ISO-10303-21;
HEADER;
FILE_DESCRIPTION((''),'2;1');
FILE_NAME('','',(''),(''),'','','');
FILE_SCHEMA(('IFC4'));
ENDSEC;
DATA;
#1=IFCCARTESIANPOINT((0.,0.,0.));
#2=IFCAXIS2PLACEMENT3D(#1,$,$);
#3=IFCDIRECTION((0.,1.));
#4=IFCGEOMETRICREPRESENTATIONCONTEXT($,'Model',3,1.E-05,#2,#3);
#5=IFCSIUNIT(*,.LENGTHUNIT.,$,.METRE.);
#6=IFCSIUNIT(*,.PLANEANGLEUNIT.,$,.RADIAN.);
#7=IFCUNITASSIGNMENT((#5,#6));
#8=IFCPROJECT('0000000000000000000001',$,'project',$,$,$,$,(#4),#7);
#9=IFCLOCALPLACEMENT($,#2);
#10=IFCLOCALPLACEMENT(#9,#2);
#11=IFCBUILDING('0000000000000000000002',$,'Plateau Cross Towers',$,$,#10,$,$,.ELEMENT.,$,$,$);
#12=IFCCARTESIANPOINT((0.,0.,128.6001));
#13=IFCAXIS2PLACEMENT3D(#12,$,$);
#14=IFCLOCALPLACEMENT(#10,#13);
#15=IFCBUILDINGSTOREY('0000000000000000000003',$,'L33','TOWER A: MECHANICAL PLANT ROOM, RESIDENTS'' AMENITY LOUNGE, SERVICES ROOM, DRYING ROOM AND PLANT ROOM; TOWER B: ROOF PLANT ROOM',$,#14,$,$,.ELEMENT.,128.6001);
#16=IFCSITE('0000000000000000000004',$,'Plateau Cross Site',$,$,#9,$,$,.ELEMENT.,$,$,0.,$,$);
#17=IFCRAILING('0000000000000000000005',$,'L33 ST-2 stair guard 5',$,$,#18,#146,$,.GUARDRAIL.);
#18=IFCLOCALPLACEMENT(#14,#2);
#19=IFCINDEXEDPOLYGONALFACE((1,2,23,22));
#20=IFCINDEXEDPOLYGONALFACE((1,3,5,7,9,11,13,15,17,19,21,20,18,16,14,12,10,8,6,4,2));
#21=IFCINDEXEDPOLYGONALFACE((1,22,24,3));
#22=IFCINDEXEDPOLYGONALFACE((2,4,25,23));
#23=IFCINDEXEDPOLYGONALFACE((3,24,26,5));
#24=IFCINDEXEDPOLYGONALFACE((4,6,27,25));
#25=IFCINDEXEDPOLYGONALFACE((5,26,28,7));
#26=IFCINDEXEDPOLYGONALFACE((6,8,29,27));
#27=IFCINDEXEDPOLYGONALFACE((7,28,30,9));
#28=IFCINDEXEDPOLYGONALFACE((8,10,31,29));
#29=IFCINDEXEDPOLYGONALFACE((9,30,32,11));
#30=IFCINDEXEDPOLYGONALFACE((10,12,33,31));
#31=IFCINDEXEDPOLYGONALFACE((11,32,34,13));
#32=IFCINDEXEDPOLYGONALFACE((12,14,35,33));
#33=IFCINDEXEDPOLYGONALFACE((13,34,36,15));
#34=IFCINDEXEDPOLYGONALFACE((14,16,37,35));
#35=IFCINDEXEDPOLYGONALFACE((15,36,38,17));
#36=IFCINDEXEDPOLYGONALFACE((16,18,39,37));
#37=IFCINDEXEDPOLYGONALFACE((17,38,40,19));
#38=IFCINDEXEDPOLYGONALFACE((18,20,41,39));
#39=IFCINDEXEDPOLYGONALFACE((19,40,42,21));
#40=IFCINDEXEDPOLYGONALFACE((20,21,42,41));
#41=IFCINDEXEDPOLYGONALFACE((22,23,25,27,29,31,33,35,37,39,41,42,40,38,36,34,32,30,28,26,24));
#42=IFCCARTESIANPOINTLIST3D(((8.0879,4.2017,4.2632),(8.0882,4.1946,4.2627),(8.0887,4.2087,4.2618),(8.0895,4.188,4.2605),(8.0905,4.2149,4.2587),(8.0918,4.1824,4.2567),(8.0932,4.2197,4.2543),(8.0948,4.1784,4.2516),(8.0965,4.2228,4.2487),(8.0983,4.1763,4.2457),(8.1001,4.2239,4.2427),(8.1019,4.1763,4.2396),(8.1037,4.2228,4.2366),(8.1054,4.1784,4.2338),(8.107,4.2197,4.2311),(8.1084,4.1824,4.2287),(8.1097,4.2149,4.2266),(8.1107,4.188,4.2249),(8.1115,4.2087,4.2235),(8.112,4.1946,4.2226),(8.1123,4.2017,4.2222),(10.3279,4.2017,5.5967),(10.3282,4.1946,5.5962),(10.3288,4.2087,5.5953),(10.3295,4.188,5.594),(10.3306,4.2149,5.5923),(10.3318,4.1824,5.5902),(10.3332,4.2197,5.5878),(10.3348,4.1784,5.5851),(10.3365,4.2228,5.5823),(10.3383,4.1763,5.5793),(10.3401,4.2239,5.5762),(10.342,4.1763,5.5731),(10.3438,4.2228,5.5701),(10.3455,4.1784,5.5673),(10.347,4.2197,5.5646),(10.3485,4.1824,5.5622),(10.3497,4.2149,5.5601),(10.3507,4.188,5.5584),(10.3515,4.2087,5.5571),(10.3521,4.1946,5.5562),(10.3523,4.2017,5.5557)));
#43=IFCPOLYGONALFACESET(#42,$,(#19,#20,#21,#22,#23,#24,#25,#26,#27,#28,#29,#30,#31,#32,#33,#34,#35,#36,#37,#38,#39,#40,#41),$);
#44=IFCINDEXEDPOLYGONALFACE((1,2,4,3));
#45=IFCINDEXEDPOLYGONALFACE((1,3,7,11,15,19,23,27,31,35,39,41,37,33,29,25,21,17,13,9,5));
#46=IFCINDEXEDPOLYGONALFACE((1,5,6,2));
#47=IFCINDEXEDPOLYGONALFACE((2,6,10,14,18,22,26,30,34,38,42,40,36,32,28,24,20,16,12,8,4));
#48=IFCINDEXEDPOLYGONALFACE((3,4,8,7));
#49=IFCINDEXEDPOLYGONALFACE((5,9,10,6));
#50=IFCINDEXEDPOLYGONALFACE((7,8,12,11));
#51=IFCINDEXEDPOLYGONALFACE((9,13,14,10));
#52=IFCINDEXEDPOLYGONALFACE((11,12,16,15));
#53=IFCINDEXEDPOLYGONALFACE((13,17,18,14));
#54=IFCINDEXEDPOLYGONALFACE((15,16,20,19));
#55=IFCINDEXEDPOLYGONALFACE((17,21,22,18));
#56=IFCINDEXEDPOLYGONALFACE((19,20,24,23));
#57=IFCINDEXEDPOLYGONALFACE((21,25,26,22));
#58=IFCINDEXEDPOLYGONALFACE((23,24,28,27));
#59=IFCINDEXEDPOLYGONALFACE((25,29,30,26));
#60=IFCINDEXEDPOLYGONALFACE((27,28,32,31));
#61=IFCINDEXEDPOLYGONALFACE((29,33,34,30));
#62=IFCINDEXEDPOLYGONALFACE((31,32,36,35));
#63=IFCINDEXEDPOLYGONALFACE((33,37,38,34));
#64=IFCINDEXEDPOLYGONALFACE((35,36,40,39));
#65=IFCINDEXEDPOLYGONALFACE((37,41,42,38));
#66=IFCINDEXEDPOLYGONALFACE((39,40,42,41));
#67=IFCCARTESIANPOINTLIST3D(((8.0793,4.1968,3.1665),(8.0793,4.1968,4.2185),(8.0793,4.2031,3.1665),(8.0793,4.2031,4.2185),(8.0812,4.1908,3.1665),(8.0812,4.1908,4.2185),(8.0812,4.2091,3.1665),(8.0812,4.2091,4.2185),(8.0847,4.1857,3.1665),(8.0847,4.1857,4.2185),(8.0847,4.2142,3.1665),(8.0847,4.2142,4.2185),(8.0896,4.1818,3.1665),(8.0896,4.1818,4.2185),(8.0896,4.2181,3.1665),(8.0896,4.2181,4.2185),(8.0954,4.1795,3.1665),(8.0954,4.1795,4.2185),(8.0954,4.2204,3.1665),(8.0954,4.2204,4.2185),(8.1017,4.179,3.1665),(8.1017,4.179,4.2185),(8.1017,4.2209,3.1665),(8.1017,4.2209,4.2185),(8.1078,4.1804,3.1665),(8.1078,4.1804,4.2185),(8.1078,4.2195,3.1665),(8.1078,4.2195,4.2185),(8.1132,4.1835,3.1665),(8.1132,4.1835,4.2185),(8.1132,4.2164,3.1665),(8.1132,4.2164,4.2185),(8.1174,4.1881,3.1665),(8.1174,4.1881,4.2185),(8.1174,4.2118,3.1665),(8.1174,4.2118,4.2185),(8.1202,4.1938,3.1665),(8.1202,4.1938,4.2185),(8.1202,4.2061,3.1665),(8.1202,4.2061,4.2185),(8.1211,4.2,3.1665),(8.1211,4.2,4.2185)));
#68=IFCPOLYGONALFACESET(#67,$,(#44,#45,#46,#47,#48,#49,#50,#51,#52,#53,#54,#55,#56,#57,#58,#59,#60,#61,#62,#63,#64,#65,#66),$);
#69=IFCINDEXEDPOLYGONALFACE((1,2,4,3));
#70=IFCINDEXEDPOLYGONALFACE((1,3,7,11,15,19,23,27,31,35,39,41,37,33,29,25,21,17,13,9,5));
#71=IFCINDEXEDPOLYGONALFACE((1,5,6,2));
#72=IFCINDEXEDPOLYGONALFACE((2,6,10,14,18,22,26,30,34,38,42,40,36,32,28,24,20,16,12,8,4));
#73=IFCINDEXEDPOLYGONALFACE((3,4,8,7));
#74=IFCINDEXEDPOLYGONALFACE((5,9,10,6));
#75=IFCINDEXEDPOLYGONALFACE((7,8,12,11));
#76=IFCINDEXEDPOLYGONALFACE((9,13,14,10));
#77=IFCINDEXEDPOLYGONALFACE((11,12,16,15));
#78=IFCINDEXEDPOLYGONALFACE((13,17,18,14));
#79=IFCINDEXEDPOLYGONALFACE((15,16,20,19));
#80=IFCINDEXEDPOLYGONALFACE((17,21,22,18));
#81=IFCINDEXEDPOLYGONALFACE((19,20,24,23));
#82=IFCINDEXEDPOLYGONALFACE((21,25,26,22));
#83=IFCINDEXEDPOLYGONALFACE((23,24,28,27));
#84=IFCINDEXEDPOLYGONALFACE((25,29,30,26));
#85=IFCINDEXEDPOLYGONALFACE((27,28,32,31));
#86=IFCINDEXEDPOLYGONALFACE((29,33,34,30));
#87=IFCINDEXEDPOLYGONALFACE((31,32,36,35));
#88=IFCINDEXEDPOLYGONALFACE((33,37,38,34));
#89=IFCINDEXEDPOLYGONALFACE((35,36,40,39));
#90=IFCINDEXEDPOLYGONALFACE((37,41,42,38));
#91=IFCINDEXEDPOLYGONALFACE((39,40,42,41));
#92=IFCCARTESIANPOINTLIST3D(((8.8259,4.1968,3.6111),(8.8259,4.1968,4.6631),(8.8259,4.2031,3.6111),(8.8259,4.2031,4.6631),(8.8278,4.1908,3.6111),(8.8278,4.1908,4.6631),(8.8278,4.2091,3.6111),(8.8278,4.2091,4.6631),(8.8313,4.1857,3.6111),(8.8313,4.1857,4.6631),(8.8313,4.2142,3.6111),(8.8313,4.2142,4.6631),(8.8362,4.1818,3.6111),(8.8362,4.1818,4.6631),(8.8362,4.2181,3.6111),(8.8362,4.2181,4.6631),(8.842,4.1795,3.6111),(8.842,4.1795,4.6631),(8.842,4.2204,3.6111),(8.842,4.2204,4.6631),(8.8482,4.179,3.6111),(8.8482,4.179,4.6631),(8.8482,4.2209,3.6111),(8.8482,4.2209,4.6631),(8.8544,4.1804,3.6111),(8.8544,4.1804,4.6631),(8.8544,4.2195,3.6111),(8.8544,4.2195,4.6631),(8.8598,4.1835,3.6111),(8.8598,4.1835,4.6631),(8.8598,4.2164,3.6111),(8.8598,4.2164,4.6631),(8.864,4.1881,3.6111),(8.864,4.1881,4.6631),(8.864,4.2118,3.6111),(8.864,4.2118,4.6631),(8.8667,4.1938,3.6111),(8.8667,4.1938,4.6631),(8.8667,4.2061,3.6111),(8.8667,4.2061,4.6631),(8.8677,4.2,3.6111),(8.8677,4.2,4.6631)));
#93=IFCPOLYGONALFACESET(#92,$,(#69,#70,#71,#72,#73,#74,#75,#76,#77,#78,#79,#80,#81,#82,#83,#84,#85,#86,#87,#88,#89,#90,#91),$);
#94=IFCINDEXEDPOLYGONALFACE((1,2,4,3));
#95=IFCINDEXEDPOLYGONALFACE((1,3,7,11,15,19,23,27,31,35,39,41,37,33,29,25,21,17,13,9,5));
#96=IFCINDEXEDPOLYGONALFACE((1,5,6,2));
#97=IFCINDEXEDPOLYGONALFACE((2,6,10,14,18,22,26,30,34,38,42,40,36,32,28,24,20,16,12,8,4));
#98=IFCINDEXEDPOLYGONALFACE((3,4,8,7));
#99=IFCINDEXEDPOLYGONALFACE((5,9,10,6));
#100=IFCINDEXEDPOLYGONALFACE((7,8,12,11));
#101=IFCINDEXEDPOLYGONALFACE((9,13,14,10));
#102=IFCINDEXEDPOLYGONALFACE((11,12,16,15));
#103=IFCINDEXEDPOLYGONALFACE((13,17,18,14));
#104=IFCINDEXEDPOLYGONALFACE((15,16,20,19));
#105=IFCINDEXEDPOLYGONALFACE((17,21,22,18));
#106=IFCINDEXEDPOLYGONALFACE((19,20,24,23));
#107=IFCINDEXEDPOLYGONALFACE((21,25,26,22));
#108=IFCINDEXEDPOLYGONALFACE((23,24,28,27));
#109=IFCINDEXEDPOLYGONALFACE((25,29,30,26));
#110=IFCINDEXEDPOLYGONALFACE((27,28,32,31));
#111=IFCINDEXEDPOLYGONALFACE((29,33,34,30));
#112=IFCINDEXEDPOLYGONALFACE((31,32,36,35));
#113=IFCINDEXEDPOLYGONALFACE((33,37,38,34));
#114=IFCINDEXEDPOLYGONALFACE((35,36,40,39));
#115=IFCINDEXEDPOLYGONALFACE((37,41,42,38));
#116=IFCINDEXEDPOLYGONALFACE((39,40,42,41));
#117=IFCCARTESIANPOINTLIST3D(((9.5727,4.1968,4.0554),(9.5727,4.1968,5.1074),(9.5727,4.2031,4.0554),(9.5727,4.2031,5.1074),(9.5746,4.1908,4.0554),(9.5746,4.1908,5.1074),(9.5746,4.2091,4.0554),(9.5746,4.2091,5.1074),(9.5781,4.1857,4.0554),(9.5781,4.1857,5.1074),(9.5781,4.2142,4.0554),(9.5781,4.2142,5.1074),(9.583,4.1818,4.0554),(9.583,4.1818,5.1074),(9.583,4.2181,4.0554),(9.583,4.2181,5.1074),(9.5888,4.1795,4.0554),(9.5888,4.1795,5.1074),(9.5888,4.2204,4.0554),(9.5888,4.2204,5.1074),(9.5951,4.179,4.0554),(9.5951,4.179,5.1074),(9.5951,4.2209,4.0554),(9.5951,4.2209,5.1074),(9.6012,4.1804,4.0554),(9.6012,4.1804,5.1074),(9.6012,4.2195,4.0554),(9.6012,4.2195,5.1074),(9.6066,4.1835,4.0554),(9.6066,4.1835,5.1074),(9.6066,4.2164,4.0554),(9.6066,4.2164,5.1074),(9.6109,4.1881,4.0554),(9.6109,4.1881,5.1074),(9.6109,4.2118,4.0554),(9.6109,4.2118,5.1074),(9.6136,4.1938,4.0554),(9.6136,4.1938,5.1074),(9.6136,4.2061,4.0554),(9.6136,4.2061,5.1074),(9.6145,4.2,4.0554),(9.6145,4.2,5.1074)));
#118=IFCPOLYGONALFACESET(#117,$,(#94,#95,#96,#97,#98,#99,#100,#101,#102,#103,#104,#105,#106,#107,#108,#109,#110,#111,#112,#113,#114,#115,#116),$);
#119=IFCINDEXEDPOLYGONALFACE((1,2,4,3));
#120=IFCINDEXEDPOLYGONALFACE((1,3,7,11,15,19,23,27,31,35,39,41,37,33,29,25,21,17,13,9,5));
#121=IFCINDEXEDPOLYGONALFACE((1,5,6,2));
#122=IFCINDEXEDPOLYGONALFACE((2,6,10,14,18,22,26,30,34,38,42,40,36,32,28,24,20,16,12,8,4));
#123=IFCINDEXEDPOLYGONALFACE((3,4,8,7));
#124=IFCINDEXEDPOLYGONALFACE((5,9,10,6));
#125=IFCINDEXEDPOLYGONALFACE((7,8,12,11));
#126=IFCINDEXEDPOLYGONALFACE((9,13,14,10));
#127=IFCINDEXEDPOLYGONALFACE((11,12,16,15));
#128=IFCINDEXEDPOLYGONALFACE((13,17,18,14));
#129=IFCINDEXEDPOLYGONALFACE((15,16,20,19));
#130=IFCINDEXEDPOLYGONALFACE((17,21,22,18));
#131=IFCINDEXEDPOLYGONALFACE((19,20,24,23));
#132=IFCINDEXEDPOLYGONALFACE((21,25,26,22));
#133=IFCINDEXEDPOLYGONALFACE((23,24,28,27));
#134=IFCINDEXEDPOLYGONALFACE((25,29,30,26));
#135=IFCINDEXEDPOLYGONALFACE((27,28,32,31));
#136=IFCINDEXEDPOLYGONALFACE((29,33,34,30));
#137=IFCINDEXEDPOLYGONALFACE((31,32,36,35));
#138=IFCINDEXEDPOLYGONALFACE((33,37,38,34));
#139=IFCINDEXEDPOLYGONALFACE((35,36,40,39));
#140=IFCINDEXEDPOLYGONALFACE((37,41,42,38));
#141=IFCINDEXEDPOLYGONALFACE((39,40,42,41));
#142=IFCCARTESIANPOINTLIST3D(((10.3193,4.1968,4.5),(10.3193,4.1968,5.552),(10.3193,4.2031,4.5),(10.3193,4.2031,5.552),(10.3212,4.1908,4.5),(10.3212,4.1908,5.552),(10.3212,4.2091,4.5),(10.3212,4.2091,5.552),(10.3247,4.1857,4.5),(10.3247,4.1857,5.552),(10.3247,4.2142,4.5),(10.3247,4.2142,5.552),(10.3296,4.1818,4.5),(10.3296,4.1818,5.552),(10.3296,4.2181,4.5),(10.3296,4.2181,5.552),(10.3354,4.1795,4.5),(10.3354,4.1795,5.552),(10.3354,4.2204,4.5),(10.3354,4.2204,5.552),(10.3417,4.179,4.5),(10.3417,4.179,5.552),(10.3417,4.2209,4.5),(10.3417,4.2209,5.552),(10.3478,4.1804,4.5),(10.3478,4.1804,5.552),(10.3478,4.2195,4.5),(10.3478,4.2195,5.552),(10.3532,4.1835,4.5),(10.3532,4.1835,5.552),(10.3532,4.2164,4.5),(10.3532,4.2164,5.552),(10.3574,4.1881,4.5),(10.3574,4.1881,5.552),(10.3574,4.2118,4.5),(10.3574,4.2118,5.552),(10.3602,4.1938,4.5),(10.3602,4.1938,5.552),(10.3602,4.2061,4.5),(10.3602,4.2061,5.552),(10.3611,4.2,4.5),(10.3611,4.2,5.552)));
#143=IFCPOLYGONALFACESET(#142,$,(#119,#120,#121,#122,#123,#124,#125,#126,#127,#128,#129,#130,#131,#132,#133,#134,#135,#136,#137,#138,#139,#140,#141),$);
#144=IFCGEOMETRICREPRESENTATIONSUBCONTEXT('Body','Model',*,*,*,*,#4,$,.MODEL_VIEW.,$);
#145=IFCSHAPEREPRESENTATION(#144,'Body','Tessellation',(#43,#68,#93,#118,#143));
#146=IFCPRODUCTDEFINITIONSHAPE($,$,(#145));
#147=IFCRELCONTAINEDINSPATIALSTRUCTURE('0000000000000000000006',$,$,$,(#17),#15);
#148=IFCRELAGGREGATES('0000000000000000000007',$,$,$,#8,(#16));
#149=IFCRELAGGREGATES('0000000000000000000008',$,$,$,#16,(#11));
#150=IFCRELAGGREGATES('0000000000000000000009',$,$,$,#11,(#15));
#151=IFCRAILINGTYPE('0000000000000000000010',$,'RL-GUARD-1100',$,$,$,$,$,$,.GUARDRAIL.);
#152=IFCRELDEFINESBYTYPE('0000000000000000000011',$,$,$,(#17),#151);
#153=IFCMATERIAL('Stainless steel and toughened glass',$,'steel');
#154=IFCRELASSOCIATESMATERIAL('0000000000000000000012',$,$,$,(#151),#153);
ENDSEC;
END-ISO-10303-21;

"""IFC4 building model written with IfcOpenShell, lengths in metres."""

from ifc_helpers import new_model, si_unit, direction, frame, origin, origin_2d, place, context, subcontext, project, spatial, circle, extrude, material, type_object, element, save


model = new_model("IFC4")

# Units and contexts
model_context = context("Model", 3, precision=1e-05, world=origin(), true_north=direction((0.0, 1.0)))
body_context = subcontext(model_context, "Body", "Model", "MODEL_VIEW")
ifc_project = project(units=[si_unit("LENGTHUNIT", "METRE"), si_unit("PLANEANGLEUNIT", "RADIAN")], contexts=[model_context])

# Site, building, storey
site_placement = place(None, origin())
site = spatial("IfcSite", under=ifc_project, at=site_placement, Name="Plateau Cross Site", CompositionType="ELEMENT", RefElevation=0.0)
building_placement = place(site_placement, origin())
building = spatial("IfcBuilding", under=site, at=building_placement, Name="Plateau Cross Towers", CompositionType="ELEMENT")
storey_placement = place(building_placement, frame((0.0, 0.0, 128.6001)))
storey = spatial("IfcBuildingStorey", under=building, at=storey_placement, Name="L33", Description="TOWER A: MECHANICAL PLANT ROOM, RESIDENTS' AMENITY LOUNGE, SERVICES ROOM, DRYING ROOM AND PLANT ROOM; TOWER B: ROOF PLANT ROOM", CompositionType="ELEMENT", Elevation=128.6001)

# Railing
ifc_material_1 = material(Name="Stainless steel and toughened glass", Category="steel")
railing_type_1 = type_object("IfcRailingType", Name="RL-GUARD-1100", PredefinedType="GUARDRAIL", material=ifc_material_1)
railing_1_placement = place(storey_placement, frame((8.1001, 4.2, 3.1665)))
element("IfcRailing", 1, at=railing_1_placement, inside=storey, type_object=railing_type_1, Name="L33 ST-2 stair guard 5", PredefinedType="GUARDRAIL", context=body_context, shape_type="SweptSolid", body=[
    extrude(circle(Radius=0.0239, at=origin_2d()), frame((0.0, 0.0, 1.0762), z_axis=(0.859264, 0.0, 0.511532), x_axis=(0.0, 1.0, 0.0)), (0.0, 0.0, 1.0), 2.6069),
    extrude(circle(Radius=0.021, at=origin_2d()), origin(), (0.0, 0.0, 1.0), 1.052),
    extrude(circle(Radius=0.021, at=origin_2d()), frame((0.7466, 0.0, 0.4446)), (0.0, 0.0, 1.0), 1.052),
    extrude(circle(Radius=0.021, at=origin_2d()), frame((1.4934, 0.0, 0.8889)), (0.0, 0.0, 1.0), 1.052),
    extrude(circle(Radius=0.021, at=origin_2d()), frame((2.24, 0.0, 1.3335)), (0.0, 0.0, 1.0), 1.052),
])

save(model, "model.ifc")
